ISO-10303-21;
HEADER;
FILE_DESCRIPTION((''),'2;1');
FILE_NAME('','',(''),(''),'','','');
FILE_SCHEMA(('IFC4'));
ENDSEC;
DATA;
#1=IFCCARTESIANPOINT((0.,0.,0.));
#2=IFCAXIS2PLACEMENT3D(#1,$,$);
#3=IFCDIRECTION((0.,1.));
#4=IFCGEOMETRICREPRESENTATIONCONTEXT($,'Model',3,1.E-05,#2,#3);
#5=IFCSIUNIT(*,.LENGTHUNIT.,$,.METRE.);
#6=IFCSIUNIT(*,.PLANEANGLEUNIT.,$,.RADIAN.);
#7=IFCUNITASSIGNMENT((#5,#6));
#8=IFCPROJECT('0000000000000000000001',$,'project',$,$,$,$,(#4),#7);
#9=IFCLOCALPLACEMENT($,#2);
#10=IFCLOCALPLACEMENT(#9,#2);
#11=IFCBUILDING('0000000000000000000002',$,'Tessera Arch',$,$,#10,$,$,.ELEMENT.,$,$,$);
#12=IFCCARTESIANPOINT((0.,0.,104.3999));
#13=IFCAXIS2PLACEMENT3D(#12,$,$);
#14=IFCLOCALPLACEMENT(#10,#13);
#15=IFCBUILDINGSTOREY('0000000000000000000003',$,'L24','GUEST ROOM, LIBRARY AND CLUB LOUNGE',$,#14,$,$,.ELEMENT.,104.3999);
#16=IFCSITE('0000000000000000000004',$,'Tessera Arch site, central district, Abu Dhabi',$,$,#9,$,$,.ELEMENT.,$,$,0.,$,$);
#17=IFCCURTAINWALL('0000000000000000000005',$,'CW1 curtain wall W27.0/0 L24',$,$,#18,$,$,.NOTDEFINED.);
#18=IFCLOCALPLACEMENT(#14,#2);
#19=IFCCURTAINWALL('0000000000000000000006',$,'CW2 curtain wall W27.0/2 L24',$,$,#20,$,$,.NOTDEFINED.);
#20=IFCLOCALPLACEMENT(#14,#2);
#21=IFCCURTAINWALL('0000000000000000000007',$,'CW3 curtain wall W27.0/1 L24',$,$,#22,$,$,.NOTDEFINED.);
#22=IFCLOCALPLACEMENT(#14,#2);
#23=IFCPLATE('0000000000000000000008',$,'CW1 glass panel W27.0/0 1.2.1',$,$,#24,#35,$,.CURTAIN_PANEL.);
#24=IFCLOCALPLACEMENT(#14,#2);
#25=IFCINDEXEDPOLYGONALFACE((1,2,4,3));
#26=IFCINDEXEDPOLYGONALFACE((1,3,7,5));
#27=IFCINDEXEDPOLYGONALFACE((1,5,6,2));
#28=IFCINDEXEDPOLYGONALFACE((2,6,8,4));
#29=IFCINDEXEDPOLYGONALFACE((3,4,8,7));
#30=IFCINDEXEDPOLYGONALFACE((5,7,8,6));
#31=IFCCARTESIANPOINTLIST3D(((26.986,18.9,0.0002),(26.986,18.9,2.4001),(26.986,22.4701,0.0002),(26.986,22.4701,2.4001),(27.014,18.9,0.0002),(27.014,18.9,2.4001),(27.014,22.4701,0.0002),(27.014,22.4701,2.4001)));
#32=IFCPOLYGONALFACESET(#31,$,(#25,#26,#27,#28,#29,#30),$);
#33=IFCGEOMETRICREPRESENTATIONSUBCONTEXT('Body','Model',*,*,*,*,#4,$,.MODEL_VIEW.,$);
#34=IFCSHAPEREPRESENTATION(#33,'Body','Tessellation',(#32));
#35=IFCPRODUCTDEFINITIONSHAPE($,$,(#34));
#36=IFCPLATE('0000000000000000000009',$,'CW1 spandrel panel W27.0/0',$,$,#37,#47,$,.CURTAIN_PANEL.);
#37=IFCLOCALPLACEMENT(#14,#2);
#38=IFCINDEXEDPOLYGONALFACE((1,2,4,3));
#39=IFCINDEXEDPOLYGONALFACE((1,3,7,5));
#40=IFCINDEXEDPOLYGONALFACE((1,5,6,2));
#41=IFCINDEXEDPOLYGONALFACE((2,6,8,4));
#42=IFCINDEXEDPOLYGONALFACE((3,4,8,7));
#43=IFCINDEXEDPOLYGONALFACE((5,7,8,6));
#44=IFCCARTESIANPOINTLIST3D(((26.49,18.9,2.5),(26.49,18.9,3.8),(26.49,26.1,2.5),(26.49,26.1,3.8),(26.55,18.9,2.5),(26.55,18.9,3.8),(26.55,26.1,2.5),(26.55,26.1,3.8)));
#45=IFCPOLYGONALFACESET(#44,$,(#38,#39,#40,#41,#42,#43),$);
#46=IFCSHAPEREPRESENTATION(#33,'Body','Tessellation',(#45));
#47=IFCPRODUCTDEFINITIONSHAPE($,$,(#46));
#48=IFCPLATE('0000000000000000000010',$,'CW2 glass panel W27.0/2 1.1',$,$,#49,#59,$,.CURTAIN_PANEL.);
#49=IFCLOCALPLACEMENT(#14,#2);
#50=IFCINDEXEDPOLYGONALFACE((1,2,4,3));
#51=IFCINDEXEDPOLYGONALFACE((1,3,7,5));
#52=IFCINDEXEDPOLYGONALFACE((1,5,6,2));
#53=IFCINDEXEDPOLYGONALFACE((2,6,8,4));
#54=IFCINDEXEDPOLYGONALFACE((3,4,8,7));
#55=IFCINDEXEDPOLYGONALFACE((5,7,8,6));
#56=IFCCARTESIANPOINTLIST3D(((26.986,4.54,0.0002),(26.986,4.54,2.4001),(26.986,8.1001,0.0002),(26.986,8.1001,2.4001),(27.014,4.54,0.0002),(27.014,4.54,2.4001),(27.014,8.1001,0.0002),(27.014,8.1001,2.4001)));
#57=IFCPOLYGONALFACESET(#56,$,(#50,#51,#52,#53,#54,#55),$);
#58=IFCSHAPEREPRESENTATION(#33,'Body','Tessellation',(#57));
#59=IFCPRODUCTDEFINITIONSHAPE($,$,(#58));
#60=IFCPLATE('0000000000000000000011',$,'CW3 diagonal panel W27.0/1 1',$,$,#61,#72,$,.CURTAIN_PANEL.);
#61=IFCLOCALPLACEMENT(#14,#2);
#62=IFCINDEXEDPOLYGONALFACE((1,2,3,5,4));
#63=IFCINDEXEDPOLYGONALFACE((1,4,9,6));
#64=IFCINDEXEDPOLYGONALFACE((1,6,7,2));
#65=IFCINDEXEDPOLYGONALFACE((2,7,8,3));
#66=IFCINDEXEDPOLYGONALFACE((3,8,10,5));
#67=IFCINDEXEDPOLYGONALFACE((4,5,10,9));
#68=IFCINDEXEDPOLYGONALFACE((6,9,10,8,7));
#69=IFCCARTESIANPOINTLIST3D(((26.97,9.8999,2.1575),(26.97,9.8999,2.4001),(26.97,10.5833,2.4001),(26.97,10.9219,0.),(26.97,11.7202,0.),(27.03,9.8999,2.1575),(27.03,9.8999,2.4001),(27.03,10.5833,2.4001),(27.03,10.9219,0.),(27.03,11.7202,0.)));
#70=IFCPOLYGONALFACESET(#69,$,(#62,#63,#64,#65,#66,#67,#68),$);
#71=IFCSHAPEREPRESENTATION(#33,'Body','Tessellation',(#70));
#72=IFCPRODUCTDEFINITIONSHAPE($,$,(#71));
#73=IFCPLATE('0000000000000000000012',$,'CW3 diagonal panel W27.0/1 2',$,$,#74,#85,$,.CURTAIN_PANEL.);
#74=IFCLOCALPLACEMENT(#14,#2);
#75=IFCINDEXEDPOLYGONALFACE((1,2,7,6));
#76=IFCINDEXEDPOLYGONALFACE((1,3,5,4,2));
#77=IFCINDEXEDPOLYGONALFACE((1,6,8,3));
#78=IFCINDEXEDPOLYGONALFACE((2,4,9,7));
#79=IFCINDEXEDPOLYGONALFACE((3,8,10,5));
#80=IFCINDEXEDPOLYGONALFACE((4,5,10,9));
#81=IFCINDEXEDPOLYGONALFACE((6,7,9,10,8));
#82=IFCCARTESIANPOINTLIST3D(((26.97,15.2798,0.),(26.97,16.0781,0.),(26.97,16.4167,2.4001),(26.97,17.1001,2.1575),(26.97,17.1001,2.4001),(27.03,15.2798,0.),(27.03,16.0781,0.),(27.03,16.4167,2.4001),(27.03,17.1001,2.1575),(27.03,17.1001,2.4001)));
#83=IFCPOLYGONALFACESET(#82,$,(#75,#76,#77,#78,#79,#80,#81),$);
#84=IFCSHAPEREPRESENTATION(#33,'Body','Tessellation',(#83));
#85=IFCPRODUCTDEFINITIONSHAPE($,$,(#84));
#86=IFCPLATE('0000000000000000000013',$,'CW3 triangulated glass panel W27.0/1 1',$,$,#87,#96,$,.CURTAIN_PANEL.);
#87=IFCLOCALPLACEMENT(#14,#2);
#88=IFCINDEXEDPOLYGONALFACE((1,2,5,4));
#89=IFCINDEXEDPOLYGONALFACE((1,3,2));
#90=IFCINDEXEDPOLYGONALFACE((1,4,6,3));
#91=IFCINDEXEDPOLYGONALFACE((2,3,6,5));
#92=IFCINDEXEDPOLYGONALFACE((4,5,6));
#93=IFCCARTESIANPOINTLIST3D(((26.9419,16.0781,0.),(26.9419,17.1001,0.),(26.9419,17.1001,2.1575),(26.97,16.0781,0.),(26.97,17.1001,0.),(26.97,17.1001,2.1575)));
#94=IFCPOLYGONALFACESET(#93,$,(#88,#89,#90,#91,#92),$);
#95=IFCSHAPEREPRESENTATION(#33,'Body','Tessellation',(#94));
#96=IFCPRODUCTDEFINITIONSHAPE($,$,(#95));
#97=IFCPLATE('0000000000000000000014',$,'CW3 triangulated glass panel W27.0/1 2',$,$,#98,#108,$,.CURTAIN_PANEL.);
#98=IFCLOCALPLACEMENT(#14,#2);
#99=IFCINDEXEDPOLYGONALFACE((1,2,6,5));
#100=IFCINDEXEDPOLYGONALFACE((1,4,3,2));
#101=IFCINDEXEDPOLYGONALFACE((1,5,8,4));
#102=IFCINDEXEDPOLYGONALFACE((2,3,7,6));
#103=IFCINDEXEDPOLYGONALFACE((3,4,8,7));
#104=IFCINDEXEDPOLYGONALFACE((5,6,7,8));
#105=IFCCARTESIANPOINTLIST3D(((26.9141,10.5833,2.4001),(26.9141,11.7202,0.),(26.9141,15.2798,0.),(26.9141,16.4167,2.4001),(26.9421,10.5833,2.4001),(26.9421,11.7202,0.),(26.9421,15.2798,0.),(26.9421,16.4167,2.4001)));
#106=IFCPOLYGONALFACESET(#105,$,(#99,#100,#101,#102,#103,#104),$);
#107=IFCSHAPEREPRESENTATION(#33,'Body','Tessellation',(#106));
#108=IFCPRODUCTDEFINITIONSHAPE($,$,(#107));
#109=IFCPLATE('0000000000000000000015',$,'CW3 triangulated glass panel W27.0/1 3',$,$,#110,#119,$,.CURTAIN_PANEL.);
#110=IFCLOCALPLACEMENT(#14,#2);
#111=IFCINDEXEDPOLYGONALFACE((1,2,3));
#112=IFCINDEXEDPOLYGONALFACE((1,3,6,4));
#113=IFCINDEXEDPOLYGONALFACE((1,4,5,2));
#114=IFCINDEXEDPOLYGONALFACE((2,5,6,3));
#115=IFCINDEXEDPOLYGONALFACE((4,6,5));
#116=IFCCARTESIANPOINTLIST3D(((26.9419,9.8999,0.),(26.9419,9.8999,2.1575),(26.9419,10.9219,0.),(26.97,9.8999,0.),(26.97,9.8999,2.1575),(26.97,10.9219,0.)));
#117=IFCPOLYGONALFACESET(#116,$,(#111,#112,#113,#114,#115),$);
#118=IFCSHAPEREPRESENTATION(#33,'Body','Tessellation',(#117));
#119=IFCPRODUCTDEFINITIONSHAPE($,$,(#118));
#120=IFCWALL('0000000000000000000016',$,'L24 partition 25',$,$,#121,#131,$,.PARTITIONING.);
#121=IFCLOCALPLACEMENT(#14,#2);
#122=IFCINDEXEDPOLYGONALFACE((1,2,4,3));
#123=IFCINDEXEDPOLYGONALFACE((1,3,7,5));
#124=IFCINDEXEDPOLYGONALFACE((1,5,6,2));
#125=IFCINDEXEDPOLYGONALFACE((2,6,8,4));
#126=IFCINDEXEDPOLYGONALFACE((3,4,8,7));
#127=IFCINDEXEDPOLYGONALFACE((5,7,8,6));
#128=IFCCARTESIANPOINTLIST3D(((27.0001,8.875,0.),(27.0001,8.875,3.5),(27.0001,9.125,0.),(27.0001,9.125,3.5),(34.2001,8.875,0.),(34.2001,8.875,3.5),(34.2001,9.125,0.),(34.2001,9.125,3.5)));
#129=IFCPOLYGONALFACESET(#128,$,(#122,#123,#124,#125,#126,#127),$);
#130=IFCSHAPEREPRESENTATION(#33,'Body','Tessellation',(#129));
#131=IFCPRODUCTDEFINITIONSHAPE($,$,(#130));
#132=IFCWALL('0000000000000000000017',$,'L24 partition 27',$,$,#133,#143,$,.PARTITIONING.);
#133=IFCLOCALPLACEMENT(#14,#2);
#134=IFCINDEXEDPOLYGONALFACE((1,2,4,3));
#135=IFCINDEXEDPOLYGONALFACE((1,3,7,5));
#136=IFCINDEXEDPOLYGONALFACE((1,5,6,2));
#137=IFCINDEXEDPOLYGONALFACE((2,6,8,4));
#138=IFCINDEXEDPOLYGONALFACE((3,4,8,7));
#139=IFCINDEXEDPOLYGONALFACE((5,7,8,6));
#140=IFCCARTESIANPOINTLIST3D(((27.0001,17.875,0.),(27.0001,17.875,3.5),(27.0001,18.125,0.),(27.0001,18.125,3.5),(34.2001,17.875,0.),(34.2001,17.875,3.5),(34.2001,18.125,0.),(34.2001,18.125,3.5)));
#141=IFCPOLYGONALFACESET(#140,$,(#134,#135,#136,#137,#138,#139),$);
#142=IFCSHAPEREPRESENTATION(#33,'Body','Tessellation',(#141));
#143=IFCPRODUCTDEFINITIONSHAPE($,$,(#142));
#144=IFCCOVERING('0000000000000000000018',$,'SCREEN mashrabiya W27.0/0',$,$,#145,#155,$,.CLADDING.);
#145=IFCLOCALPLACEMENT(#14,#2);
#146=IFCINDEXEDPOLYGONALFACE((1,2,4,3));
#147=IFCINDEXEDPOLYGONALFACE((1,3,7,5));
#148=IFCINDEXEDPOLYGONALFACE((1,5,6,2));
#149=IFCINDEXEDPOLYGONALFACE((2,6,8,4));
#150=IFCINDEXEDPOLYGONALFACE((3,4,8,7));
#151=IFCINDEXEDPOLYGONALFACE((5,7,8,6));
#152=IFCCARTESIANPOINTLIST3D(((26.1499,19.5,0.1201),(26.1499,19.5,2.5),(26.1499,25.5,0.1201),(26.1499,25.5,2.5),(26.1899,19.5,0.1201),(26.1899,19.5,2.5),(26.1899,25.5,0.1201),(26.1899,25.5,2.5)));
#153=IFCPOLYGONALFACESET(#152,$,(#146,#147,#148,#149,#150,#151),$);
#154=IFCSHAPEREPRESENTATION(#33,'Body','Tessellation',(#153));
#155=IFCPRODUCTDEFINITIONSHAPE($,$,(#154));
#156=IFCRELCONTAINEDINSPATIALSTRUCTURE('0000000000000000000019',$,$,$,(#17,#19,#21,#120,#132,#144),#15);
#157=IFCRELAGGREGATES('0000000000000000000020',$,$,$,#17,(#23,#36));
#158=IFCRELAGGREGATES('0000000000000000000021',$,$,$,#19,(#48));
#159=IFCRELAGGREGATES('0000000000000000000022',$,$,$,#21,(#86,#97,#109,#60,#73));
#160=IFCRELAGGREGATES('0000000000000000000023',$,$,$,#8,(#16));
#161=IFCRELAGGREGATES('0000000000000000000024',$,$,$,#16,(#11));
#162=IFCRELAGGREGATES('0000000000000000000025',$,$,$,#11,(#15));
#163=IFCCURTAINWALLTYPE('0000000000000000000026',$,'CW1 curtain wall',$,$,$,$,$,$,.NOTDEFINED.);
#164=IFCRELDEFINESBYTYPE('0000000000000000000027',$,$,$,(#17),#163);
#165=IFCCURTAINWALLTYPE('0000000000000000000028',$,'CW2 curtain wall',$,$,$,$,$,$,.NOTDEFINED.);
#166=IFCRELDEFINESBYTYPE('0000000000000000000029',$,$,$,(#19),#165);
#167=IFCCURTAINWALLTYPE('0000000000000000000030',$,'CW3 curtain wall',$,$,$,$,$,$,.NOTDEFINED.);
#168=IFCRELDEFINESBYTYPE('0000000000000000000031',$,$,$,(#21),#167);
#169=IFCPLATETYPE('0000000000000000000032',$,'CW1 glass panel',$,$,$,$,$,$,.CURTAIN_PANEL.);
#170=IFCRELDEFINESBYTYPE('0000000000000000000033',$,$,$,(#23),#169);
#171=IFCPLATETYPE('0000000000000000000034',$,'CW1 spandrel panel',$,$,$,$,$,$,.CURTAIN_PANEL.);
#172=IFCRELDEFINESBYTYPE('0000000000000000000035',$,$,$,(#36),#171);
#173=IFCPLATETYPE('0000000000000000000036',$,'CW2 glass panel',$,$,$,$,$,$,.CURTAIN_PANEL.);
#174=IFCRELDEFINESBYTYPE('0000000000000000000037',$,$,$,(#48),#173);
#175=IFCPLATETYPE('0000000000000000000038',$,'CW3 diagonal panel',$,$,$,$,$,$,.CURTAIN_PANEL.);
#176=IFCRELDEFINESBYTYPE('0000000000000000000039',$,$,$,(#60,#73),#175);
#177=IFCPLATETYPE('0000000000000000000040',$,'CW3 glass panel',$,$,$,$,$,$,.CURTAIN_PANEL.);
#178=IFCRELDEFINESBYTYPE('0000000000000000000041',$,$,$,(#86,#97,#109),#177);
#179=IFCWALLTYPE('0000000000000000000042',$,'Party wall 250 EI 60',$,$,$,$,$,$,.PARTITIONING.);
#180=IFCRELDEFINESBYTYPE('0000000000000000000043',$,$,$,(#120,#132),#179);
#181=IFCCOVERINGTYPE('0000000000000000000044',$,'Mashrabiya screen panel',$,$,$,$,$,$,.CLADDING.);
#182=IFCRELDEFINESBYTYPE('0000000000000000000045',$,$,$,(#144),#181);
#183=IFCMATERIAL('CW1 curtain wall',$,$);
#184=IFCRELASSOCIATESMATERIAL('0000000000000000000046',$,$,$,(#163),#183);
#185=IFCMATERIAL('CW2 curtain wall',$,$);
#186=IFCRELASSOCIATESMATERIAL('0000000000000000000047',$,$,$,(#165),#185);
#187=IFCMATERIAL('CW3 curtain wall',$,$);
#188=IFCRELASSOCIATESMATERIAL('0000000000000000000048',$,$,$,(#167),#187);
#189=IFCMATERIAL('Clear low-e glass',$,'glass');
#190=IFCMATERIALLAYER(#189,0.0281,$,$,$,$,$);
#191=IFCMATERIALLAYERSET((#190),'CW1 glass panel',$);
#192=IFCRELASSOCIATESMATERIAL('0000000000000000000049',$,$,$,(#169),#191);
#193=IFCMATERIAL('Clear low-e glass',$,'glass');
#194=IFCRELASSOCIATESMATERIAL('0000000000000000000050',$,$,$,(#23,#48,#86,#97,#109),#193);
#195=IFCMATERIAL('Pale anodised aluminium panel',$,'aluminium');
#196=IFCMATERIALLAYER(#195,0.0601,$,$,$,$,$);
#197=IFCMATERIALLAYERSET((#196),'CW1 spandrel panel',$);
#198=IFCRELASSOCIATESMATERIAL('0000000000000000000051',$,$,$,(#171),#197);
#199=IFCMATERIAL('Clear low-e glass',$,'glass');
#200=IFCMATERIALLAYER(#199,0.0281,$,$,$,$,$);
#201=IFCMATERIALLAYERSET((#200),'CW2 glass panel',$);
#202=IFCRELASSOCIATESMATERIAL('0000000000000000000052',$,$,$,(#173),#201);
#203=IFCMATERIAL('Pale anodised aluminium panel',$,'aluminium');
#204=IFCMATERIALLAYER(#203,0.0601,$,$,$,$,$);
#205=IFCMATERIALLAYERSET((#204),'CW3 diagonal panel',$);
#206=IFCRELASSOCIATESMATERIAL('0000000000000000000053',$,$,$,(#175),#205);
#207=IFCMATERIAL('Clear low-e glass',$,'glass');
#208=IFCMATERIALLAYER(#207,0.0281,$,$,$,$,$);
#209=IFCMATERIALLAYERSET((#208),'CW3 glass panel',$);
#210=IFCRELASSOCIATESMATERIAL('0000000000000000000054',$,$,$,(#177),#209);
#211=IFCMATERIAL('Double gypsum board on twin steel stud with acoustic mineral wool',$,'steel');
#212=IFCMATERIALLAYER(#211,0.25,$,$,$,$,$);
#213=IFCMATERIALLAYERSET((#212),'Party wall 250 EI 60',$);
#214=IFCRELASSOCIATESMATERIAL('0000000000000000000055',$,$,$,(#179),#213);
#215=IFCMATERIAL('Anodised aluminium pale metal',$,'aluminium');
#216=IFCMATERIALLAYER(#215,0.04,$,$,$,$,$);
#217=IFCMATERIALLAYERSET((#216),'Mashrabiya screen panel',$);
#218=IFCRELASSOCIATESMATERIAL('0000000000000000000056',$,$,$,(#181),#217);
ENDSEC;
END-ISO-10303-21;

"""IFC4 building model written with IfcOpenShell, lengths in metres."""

from ifc_helpers import new_model, si_unit, direction, frame, frame_2d, origin, origin_2d, place, context, subcontext, project, spatial, polyline, rectangle, outline, extrude, material, layer, layer_set, type_object, element, aggregate, save


model = new_model("IFC4")

# Units and contexts
model_context = context("Model", 3, precision=1e-05, world=origin(), true_north=direction((0.0, 1.0)))
body_context = subcontext(model_context, "Body", "Model", "MODEL_VIEW")
ifc_project = project(units=[si_unit("LENGTHUNIT", "METRE"), si_unit("PLANEANGLEUNIT", "RADIAN")], contexts=[model_context])

# Site, building, storey
site_placement = place(None, origin())
site = spatial("IfcSite", under=ifc_project, at=site_placement, Name="Tessera Arch site, central district, Abu Dhabi", CompositionType="ELEMENT", RefElevation=0.0)
building_placement = place(site_placement, origin())
building = spatial("IfcBuilding", under=site, at=building_placement, Name="Tessera Arch", CompositionType="ELEMENT")
storey_placement = place(building_placement, frame((0.0, 0.0, 104.3999)))
storey = spatial("IfcBuildingStorey", under=building, at=storey_placement, Name="L24", Description="GUEST ROOM, LIBRARY AND CLUB LOUNGE", CompositionType="ELEMENT", Elevation=104.3999)

# Curtain walls
ifc_material_1 = material(Name="CW1 curtain wall")
curtain_wall_type_1 = type_object("IfcCurtainWallType", Name="CW1 curtain wall", PredefinedType="NOTDEFINED", material=ifc_material_1)
curtain_wall_1_placement = place(storey_placement, origin())
curtain_wall_1 = element("IfcCurtainWall", 1, at=curtain_wall_1_placement, inside=storey, type_object=curtain_wall_type_1, Name="CW1 curtain wall W27.0/0 L24", PredefinedType="NOTDEFINED")
ifc_material_2 = material(Name="CW2 curtain wall")
curtain_wall_type_2 = type_object("IfcCurtainWallType", Name="CW2 curtain wall", PredefinedType="NOTDEFINED", material=ifc_material_2)
curtain_wall_2_placement = place(storey_placement, origin())
curtain_wall_2 = element("IfcCurtainWall", 2, at=curtain_wall_2_placement, inside=storey, type_object=curtain_wall_type_2, Name="CW2 curtain wall W27.0/2 L24", PredefinedType="NOTDEFINED")
ifc_material_3 = material(Name="CW3 curtain wall")
curtain_wall_type_3 = type_object("IfcCurtainWallType", Name="CW3 curtain wall", PredefinedType="NOTDEFINED", material=ifc_material_3)
curtain_wall_3_placement = place(storey_placement, origin())
curtain_wall_3 = element("IfcCurtainWall", 3, at=curtain_wall_3_placement, inside=storey, type_object=curtain_wall_type_3, Name="CW3 curtain wall W27.0/1 L24", PredefinedType="NOTDEFINED")

# Plates
ifc_material_4 = material(Name="Clear low-e glass", Category="glass")
ifc_material_5 = material(Name="Clear low-e glass", Category="glass")
ifc_layer_1 = layer(ifc_material_5, 0.0281)
ifc_layer_set_1 = layer_set([ifc_layer_1], Name="CW1 glass panel")
plate_type_1 = type_object("IfcPlateType", Name="CW1 glass panel", PredefinedType="CURTAIN_PANEL", material=ifc_layer_set_1)
plate_1_placement = place(storey_placement, frame((27.0, 20.6851, 0.0002), z_axis=(0.0, 0.0, 1.0), x_axis=(0.0, -1.0, 0.0)))
plate_1 = element("IfcPlate", 4, at=plate_1_placement, type_object=plate_type_1, material=ifc_material_4, Name="CW1 glass panel W27.0/0 1.2.1", PredefinedType="CURTAIN_PANEL", context=body_context, shape_type="SweptSolid", body=[
    extrude(rectangle(XDim=3.5701, YDim=0.0281, at=origin_2d()), origin(), (0.0, 0.0, 1.0), 2.3999),
])
ifc_material_6 = material(Name="Pale anodised aluminium panel", Category="aluminium")
ifc_layer_2 = layer(ifc_material_6, 0.0601)
ifc_layer_set_2 = layer_set([ifc_layer_2], Name="CW1 spandrel panel")
plate_type_2 = type_object("IfcPlateType", Name="CW1 spandrel panel", PredefinedType="CURTAIN_PANEL", material=ifc_layer_set_2)
plate_2_placement = place(storey_placement, frame((26.52, 22.5, 2.5), z_axis=(0.0, 0.0, 1.0), x_axis=(0.0, -1.0, 0.0)))
plate_2 = element("IfcPlate", 5, at=plate_2_placement, type_object=plate_type_2, Name="CW1 spandrel panel W27.0/0", PredefinedType="CURTAIN_PANEL", context=body_context, shape_type="SweptSolid", body=[
    extrude(rectangle(XDim=7.2, YDim=0.0601, at=origin_2d()), origin(), (0.0, 0.0, 1.0), 1.3),
])
aggregate(curtain_wall_1, [plate_1, plate_2])
ifc_material_7 = material(Name="Clear low-e glass", Category="glass")
ifc_layer_3 = layer(ifc_material_7, 0.0281)
ifc_layer_set_3 = layer_set([ifc_layer_3], Name="CW2 glass panel")
plate_type_3 = type_object("IfcPlateType", Name="CW2 glass panel", PredefinedType="CURTAIN_PANEL", material=ifc_layer_set_3)
plate_3_placement = place(storey_placement, frame((27.0, 6.3201, 0.0002), z_axis=(0.0, 0.0, 1.0), x_axis=(0.0, -1.0, 0.0)))
plate_3 = element("IfcPlate", 6, at=plate_3_placement, type_object=plate_type_3, material=ifc_material_4, Name="CW2 glass panel W27.0/2 1.1", PredefinedType="CURTAIN_PANEL", context=body_context, shape_type="SweptSolid", body=[
    extrude(rectangle(XDim=3.5601, YDim=0.0281, at=origin_2d()), origin(), (0.0, 0.0, 1.0), 2.3999),
])
aggregate(curtain_wall_2, [plate_3])
ifc_material_8 = material(Name="Pale anodised aluminium panel", Category="aluminium")
ifc_layer_4 = layer(ifc_material_8, 0.0601)
ifc_layer_set_4 = layer_set([ifc_layer_4], Name="CW3 diagonal panel")
plate_type_4 = type_object("IfcPlateType", Name="CW3 diagonal panel", PredefinedType="CURTAIN_PANEL", material=ifc_layer_set_4)
plate_4_placement = place(storey_placement, frame((26.97, 9.8999, 2.4001), z_axis=(-1.0, 0.0, 0.0), x_axis=(0.0, 1.0, 0.0)))
plate_4 = element("IfcPlate", 7, at=plate_4_placement, type_object=plate_type_4, Name="CW3 diagonal panel W27.0/1 1", PredefinedType="CURTAIN_PANEL", context=body_context, shape_type="SweptSolid", body=[
    extrude(outline(polyline([(0.0, 0.0), (0.6833, 0.0), (1.8203, 2.4001), (1.022, 2.4001), (0.0, 0.2427), (0.0, 0.0)])), origin(), (0.0, 0.0, -1.0), 0.0601),
])
plate_5_placement = place(storey_placement, frame((26.97, 17.1001, 2.4001), z_axis=(-1.0, 0.0, 0.0), x_axis=(0.0, 0.0, -1.0)))
plate_5 = element("IfcPlate", 8, at=plate_5_placement, type_object=plate_type_4, Name="CW3 diagonal panel W27.0/1 2", PredefinedType="CURTAIN_PANEL", context=body_context, shape_type="SweptSolid", body=[
    extrude(outline(polyline([(0.0, 0.0), (0.2427, 0.0), (2.4001, 1.022), (2.4001, 1.8203), (0.0, 0.6833), (0.0, 0.0)])), origin(), (0.0, 0.0, -1.0), 0.0601),
])
ifc_material_9 = material(Name="Clear low-e glass", Category="glass")
ifc_layer_5 = layer(ifc_material_9, 0.0281)
ifc_layer_set_5 = layer_set([ifc_layer_5], Name="CW3 glass panel")
plate_type_5 = type_object("IfcPlateType", Name="CW3 glass panel", PredefinedType="CURTAIN_PANEL", material=ifc_layer_set_5)
plate_6_placement = place(storey_placement, frame((26.9419, 17.1001, 0.0), z_axis=(-1.0, 0.0, 0.0), x_axis=(0.0, -1.0, 0.0)))
plate_6 = element("IfcPlate", 9, at=plate_6_placement, type_object=plate_type_5, material=ifc_material_4, Name="CW3 triangulated glass panel W27.0/1 1", PredefinedType="CURTAIN_PANEL", context=body_context, shape_type="SweptSolid", body=[
    extrude(outline(polyline([(0.0, 0.0), (1.022, 0.0), (0.0, 2.1575), (0.0, 0.0)])), origin(), (0.0, 0.0, -1.0), 0.0281),
])
plate_7_placement = place(storey_placement, frame((26.9141, 10.5833, 2.4001), z_axis=(-1.0, 0.0, 0.0), x_axis=(0.0, 1.0, 0.0)))
plate_7 = element("IfcPlate", 10, at=plate_7_placement, type_object=plate_type_5, material=ifc_material_4, Name="CW3 triangulated glass panel W27.0/1 2", PredefinedType="CURTAIN_PANEL", context=body_context, shape_type="SweptSolid", body=[
    extrude(outline(polyline([(0.0, 0.0), (5.8335, 0.0), (4.6965, 2.4001), (1.137, 2.4001), (0.0, 0.0)])), origin(), (0.0, 0.0, -1.0), 0.0281),
])
plate_8_placement = place(storey_placement, frame((26.9419, 9.8999, 0.0), z_axis=(-1.0, 0.0, 0.0), x_axis=(0.0, 0.0, 1.0)))
plate_8 = element("IfcPlate", 11, at=plate_8_placement, type_object=plate_type_5, material=ifc_material_4, Name="CW3 triangulated glass panel W27.0/1 3", PredefinedType="CURTAIN_PANEL", context=body_context, shape_type="SweptSolid", body=[
    extrude(outline(polyline([(0.0, 0.0), (2.1575, 0.0), (0.0, 1.022), (0.0, 0.0)])), origin(), (0.0, 0.0, -1.0), 0.0281),
])
aggregate(curtain_wall_3, [plate_6, plate_7, plate_8, plate_4, plate_5])

# Walls
ifc_material_10 = material(Name="Double gypsum board on twin steel stud with acoustic mineral wool", Category="steel")
ifc_layer_6 = layer(ifc_material_10, 0.25)
ifc_layer_set_6 = layer_set([ifc_layer_6], Name="Party wall 250 EI 60")
wall_type = type_object("IfcWallType", Name="Party wall 250 EI 60", PredefinedType="PARTITIONING", material=ifc_layer_set_6)
for number, where, z_axis, x_axis, name in (
    (12, (27.0, 9.0, 0.0), (0.0, 0.0, 1.0), (1.0, 0.0, 0.0), "L24 partition 25"),
    (13, (27.0, 18.0, 0.0), (0.0, 0.0, 1.0), (1.0, 0.0, 0.0), "L24 partition 27"),
):
    element("IfcWall", number, at=place(storey_placement, frame(where, z_axis=z_axis, x_axis=x_axis)), inside=storey, type_object=wall_type, Name=name, PredefinedType="PARTITIONING", context=body_context, shape_type="SweptSolid", body=[
        extrude(rectangle(XDim=7.2, YDim=0.25, at=frame_2d((3.6001, 0.0))), origin(), (0.0, 0.0, 1.0), 3.5),
    ])

# Covering
ifc_material_11 = material(Name="Anodised aluminium pale metal", Category="aluminium")
ifc_layer_7 = layer(ifc_material_11, 0.04)
ifc_layer_set_7 = layer_set([ifc_layer_7], Name="Mashrabiya screen panel")
covering_type = type_object("IfcCoveringType", Name="Mashrabiya screen panel", PredefinedType="CLADDING", material=ifc_layer_set_7)
covering_placement = place(storey_placement, frame((26.1699, 22.5, 0.1201), z_axis=(0.0, 0.0, 1.0), x_axis=(0.0, -1.0, 0.0)))
element("IfcCovering", 14, at=covering_placement, inside=storey, type_object=covering_type, Name="SCREEN mashrabiya W27.0/0", PredefinedType="CLADDING", context=body_context, shape_type="SweptSolid", body=[
    extrude(rectangle(XDim=6.0, YDim=0.04, at=origin_2d()), origin(), (0.0, 0.0, 1.0), 2.3799),
])

save(model, "model.ifc")
